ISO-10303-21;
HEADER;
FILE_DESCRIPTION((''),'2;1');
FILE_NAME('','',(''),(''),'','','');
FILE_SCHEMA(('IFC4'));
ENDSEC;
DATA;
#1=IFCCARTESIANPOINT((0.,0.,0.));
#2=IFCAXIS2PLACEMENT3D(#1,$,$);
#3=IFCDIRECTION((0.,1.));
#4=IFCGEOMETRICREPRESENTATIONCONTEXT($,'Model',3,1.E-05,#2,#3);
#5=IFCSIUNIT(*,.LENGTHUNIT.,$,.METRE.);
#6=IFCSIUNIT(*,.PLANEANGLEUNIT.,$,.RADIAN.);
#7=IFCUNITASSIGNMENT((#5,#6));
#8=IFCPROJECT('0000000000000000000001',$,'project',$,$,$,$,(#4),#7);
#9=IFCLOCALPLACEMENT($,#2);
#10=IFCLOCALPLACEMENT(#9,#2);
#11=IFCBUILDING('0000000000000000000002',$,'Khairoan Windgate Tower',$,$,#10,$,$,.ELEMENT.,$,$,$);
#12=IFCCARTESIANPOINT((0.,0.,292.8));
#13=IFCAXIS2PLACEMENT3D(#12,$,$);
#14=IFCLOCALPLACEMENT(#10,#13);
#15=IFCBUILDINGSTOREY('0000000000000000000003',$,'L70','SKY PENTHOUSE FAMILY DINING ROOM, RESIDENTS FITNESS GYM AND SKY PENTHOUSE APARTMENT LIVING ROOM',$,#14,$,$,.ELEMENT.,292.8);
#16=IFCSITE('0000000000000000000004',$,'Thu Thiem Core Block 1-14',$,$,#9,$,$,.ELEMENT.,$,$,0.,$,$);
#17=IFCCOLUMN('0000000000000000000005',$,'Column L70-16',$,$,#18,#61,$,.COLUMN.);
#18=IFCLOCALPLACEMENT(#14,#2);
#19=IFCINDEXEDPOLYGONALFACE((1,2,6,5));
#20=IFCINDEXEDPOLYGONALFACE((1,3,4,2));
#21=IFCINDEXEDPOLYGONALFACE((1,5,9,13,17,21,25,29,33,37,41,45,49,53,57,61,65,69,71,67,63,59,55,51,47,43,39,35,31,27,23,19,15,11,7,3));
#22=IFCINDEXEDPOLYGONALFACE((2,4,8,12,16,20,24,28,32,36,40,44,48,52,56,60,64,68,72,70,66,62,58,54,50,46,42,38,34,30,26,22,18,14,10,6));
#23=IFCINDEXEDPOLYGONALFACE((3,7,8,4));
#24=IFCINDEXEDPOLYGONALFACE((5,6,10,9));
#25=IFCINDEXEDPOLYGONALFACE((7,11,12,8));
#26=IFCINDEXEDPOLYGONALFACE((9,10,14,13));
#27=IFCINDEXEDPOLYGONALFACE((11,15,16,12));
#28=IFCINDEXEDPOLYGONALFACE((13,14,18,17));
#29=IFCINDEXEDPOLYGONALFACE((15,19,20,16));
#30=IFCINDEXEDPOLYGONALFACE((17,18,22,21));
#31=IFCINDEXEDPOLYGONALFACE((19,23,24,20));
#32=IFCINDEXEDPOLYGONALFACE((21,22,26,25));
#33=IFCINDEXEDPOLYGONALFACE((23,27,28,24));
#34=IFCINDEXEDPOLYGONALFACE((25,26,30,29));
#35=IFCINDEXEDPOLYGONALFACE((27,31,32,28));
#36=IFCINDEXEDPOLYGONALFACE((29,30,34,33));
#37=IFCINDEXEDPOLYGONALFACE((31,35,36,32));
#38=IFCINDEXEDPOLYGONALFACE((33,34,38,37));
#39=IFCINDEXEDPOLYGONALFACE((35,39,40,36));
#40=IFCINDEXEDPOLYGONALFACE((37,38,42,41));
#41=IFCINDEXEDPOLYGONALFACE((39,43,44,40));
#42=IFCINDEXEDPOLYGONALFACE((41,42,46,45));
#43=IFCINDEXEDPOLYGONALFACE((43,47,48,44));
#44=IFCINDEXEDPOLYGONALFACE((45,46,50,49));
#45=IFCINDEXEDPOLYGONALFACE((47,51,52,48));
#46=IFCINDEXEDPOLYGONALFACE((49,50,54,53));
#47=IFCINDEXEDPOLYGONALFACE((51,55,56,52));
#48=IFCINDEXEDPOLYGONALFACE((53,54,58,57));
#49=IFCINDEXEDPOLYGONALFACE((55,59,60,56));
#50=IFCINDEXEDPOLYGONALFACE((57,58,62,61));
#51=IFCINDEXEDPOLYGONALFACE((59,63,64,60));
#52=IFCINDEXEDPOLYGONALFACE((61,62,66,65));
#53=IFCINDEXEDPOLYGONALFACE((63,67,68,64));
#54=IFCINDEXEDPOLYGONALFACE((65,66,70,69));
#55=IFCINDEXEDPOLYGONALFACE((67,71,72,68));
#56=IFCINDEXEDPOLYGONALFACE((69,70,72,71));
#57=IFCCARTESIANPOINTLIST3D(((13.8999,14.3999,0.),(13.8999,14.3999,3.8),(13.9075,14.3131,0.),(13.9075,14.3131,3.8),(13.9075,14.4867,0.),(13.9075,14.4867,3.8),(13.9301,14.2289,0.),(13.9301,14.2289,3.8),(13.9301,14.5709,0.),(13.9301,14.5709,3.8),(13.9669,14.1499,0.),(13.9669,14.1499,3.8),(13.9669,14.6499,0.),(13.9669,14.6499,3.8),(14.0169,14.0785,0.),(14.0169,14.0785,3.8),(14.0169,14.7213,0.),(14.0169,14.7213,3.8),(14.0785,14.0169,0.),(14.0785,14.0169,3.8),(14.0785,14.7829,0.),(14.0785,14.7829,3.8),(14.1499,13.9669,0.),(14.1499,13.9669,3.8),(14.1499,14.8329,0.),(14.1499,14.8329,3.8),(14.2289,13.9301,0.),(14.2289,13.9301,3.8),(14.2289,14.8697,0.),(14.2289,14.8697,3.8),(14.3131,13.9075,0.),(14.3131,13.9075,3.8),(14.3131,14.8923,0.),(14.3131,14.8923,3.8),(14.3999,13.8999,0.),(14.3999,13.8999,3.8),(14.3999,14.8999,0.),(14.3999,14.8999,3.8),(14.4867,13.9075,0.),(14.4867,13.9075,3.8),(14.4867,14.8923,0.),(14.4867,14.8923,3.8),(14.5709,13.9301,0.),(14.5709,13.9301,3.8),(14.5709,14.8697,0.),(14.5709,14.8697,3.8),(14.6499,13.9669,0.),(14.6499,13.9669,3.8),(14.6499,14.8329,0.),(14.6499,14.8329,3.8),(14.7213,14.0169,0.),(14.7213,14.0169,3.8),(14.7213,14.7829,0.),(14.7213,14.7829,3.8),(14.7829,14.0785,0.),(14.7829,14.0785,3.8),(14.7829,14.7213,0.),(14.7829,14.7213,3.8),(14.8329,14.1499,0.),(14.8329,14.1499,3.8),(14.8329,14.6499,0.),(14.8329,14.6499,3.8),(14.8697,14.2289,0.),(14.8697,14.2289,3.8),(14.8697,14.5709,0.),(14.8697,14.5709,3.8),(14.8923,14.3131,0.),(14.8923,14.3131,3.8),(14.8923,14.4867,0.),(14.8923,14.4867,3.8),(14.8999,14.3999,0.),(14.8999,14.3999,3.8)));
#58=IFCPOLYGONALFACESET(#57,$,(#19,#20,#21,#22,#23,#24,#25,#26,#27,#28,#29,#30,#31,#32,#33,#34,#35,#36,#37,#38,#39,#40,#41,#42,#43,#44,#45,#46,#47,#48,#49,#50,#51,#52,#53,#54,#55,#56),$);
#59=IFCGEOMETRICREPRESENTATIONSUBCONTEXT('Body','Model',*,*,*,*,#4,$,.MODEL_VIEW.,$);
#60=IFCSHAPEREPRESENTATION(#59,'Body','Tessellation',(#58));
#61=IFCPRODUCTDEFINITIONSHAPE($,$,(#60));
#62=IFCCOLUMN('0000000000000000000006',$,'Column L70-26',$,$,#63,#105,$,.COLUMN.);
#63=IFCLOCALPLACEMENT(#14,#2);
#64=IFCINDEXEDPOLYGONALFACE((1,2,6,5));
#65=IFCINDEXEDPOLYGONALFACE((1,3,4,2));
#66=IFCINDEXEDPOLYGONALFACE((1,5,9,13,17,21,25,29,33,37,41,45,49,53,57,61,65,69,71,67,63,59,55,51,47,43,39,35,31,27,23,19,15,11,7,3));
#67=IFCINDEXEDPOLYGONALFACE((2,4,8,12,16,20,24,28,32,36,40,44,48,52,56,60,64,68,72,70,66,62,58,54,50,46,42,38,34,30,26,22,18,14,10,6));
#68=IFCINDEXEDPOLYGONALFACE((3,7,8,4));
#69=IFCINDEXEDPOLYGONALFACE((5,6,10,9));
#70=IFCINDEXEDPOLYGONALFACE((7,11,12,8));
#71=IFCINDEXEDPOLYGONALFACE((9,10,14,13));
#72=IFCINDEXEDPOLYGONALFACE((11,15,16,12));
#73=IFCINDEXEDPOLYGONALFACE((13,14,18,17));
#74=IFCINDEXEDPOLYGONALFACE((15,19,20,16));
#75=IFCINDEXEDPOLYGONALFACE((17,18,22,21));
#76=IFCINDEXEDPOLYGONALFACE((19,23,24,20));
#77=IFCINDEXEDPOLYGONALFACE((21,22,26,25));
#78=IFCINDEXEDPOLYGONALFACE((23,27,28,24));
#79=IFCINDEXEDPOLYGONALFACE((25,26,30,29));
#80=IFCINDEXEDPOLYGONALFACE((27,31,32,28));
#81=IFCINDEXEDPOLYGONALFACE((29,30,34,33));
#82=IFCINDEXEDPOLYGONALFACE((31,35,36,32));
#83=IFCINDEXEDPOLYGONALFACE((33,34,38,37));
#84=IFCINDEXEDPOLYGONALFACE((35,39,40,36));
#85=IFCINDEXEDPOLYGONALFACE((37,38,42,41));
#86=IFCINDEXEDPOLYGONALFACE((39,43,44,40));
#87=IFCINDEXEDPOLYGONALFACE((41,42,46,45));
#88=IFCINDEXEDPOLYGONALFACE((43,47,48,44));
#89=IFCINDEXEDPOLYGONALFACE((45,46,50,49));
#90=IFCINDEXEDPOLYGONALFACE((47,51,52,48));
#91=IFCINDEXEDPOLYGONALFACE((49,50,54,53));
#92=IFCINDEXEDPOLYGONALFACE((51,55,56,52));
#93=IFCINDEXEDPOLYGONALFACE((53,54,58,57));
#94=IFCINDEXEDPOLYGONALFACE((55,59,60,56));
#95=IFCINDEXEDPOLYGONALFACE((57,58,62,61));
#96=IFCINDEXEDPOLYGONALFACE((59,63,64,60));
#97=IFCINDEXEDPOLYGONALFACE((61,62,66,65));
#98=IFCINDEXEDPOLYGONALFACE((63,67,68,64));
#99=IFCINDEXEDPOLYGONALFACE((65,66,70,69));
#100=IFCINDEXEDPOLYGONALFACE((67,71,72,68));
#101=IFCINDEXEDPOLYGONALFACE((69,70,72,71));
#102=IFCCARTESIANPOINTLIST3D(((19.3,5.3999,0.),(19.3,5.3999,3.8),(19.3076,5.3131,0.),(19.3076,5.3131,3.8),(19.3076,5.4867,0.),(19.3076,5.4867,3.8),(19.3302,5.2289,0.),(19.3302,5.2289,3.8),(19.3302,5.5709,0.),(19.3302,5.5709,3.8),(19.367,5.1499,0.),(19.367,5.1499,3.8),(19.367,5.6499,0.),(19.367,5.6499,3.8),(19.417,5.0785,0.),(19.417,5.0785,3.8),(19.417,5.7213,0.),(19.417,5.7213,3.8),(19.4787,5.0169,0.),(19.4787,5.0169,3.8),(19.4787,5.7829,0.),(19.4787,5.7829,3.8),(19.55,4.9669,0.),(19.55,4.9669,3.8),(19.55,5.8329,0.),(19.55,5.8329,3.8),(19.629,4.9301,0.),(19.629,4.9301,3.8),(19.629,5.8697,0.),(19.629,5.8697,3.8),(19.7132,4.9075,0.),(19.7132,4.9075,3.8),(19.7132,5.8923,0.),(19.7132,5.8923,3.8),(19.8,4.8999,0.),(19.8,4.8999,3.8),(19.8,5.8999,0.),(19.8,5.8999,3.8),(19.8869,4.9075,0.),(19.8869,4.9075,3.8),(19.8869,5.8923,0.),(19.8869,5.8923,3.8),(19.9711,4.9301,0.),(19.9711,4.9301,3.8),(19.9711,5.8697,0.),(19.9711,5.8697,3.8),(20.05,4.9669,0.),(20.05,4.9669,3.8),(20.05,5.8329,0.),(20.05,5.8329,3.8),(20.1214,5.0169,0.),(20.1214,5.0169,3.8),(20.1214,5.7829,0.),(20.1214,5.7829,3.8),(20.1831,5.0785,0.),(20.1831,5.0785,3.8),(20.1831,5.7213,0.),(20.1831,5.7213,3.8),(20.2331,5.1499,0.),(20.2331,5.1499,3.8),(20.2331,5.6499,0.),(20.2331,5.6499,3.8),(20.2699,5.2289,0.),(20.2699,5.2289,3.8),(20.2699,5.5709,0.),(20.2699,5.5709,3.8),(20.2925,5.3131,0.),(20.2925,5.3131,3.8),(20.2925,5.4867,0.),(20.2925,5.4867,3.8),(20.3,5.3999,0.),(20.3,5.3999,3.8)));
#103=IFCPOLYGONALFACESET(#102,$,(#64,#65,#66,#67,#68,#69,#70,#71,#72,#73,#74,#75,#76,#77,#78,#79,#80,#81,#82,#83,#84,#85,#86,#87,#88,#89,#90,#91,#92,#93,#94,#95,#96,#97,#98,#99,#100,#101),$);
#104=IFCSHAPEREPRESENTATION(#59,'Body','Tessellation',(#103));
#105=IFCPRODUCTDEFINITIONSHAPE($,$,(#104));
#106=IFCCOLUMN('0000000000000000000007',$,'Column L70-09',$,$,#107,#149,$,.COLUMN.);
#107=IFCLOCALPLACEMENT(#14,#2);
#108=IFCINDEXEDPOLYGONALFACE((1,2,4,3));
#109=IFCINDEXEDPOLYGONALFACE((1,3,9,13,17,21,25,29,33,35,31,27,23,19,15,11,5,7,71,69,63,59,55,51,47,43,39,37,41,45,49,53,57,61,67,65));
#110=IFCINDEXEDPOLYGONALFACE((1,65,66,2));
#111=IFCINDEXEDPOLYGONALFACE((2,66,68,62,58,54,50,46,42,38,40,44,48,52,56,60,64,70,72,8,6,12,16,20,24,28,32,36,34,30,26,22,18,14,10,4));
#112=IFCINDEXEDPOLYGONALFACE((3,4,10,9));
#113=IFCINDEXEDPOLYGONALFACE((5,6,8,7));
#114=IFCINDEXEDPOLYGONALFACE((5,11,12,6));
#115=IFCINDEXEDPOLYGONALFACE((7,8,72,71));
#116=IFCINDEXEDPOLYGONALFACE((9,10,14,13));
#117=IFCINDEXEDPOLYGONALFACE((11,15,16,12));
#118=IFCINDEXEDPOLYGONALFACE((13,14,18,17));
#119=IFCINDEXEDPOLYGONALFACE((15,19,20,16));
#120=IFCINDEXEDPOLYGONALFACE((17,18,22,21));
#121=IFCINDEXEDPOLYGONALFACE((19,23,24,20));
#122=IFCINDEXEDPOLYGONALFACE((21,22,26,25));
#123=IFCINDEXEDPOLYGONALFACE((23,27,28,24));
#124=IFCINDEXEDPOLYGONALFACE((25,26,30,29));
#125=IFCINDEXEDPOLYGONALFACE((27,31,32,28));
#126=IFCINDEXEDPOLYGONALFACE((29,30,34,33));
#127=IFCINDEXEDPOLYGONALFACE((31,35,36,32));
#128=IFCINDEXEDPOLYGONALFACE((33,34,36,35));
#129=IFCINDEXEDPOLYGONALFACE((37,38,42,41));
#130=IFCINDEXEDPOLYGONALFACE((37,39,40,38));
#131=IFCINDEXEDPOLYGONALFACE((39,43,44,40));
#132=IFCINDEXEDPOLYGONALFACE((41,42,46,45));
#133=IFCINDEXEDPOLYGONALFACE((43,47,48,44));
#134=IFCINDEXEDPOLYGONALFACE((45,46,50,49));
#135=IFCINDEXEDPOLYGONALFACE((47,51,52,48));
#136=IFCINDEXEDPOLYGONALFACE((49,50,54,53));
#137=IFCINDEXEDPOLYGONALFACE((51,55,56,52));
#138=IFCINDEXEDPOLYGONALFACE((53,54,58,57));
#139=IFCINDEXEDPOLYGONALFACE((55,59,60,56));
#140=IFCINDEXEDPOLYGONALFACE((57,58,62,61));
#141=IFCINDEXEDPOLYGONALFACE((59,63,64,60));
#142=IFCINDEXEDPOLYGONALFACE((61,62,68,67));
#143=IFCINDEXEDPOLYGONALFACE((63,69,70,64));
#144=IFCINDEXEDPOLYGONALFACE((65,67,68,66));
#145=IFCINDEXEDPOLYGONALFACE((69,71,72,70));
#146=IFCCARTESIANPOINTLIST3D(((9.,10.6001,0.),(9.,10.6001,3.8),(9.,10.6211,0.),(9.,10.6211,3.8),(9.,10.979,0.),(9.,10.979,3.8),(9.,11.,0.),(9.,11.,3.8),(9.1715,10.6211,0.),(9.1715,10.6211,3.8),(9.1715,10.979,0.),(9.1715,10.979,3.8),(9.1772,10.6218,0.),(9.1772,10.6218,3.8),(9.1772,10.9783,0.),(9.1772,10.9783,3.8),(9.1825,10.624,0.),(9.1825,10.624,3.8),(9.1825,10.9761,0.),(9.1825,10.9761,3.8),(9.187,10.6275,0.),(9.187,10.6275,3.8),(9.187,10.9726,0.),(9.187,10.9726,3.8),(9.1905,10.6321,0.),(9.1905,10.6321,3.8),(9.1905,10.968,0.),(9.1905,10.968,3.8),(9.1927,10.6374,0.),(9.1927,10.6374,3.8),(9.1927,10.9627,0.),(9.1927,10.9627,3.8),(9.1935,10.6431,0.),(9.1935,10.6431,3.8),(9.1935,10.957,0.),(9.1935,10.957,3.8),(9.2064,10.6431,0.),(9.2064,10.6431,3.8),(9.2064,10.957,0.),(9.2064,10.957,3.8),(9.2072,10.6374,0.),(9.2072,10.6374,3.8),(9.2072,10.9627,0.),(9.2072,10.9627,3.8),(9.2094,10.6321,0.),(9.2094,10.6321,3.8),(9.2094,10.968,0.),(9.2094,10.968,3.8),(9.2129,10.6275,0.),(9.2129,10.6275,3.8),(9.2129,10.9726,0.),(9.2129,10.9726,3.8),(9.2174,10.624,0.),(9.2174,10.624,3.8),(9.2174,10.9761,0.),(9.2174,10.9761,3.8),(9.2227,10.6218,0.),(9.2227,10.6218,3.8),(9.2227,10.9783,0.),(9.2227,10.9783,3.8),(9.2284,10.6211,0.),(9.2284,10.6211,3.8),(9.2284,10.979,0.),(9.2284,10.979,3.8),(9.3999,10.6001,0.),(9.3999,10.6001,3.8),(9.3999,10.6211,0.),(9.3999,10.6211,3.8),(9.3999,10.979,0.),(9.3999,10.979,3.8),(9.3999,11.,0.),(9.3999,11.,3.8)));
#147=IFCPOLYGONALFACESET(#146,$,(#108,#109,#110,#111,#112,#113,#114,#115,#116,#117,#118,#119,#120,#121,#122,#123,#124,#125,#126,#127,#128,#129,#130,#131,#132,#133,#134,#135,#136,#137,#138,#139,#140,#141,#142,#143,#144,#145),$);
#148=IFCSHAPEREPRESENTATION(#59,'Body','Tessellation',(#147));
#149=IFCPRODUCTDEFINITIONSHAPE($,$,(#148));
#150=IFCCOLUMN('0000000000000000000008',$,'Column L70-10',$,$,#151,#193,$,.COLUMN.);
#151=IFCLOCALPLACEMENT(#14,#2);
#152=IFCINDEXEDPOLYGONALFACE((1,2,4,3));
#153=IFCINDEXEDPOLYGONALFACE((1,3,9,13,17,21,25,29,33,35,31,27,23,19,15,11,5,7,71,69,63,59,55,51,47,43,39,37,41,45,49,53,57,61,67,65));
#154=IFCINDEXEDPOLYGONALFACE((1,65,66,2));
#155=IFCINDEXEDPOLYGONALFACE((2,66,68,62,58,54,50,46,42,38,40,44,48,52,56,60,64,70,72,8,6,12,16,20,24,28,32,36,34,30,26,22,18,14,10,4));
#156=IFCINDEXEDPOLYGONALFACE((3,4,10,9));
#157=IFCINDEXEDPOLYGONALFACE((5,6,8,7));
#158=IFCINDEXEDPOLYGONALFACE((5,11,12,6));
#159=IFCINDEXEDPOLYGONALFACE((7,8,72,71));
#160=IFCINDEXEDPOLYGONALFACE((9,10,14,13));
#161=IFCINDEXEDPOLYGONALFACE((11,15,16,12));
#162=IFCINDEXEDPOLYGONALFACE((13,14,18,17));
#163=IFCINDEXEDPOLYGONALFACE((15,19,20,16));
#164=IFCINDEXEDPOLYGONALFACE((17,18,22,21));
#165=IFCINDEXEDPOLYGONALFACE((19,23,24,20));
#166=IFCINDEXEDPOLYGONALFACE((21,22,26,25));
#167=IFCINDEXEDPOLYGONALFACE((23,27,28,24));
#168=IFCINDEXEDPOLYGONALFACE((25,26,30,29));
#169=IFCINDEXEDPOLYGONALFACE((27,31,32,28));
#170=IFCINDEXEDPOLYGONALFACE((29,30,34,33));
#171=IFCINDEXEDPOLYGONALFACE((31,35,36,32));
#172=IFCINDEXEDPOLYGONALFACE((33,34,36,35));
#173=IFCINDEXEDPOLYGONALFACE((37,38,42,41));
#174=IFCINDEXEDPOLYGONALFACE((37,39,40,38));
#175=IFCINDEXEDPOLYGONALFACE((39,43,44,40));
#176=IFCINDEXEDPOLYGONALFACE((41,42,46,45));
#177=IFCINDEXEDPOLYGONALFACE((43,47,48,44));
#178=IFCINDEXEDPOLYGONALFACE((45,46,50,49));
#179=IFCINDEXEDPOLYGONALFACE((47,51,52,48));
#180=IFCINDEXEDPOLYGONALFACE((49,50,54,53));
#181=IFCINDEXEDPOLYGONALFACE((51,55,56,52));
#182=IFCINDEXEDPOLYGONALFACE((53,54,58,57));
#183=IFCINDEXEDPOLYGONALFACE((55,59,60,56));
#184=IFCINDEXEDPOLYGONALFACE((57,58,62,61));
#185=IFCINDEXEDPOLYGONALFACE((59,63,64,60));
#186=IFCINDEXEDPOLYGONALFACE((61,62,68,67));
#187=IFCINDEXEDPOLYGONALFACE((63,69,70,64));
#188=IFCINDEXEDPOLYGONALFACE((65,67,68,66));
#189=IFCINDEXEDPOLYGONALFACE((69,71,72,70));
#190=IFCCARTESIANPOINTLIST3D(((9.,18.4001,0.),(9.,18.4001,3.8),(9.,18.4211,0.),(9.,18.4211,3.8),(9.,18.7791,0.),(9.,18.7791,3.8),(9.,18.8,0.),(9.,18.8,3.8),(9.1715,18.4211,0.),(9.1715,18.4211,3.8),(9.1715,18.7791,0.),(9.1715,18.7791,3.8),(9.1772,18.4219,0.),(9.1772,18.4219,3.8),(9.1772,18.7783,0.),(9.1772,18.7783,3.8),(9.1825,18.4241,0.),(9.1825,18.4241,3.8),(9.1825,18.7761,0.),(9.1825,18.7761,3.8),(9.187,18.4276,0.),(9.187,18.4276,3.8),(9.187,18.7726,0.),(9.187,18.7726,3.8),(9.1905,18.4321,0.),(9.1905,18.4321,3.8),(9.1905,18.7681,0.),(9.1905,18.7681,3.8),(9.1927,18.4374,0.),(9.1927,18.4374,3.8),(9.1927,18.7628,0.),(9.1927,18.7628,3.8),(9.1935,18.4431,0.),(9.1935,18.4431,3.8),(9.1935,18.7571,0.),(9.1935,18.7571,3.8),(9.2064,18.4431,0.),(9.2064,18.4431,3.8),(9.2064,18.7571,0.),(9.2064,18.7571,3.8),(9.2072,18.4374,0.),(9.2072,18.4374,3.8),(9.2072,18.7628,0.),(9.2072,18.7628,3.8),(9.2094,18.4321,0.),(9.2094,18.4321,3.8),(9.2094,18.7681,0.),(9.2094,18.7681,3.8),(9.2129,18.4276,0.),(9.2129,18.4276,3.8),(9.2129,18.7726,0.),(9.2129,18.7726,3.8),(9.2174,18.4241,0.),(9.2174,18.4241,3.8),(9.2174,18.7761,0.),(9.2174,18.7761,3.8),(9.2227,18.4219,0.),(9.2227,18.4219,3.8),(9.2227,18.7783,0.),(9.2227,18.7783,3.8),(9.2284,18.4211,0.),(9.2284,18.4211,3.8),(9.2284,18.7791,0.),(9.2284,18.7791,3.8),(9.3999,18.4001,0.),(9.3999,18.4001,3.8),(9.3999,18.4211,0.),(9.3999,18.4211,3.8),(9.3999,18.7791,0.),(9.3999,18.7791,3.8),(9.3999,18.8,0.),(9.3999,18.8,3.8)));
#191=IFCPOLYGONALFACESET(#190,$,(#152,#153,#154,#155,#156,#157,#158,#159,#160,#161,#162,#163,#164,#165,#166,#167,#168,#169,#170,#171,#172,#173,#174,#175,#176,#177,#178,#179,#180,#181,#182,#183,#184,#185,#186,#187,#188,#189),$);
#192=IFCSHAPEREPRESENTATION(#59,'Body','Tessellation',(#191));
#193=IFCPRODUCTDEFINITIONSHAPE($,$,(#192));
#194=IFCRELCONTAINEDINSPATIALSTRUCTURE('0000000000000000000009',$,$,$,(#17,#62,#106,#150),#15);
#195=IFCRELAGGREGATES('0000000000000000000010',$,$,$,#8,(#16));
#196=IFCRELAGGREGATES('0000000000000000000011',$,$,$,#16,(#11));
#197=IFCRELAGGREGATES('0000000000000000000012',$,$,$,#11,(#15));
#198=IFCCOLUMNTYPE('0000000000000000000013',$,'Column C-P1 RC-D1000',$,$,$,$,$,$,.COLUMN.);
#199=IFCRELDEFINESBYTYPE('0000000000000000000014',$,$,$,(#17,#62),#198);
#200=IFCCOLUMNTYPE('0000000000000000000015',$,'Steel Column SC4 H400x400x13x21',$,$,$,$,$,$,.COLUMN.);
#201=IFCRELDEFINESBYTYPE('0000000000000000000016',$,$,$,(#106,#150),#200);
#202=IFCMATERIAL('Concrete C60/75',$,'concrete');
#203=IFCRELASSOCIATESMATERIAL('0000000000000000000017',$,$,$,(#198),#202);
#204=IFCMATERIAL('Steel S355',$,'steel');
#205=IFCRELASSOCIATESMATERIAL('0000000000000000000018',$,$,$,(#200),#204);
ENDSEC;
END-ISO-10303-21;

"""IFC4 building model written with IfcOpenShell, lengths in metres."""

from ifc_helpers import new_model, si_unit, direction, frame, origin, origin_2d, place, context, subcontext, project, spatial, circle, i_section, extrude, material, material_profile, profile_set, type_object, element, save


model = new_model("IFC4")

# Units and contexts
model_context = context("Model", 3, precision=1e-05, world=origin(), true_north=direction((0.0, 1.0)))
body_context = subcontext(model_context, "Body", "Model", "MODEL_VIEW")
ifc_project = project(units=[si_unit("LENGTHUNIT", "METRE"), si_unit("PLANEANGLEUNIT", "RADIAN")], contexts=[model_context])

# Site, building, storey
site_placement = place(None, origin())
site = spatial("IfcSite", under=ifc_project, at=site_placement, Name="Thu Thiem Core Block 1-14", CompositionType="ELEMENT", RefElevation=0.0)
building_placement = place(site_placement, origin())
building = spatial("IfcBuilding", under=site, at=building_placement, Name="Khairoan Windgate Tower", CompositionType="ELEMENT")
storey_placement = place(building_placement, frame((0.0, 0.0, 292.8)))
storey = spatial("IfcBuildingStorey", under=building, at=storey_placement, Name="L70", Description="SKY PENTHOUSE FAMILY DINING ROOM, RESIDENTS FITNESS GYM AND SKY PENTHOUSE APARTMENT LIVING ROOM", CompositionType="ELEMENT", Elevation=292.8)

# Columns
ifc_material_1 = material(Name="Concrete C60/75", Category="concrete")
ifc_material_profile_1 = material_profile(ifc_material_1, circle(Radius=0.5, at=origin_2d()))
ifc_profile_set_1 = profile_set([ifc_material_profile_1], Name="Concrete C60/75")
column_type_1 = type_object("IfcColumnType", Name="Column C-P1 RC-D1000", PredefinedType="COLUMN", material=ifc_profile_set_1)
for number, where, z_axis, x_axis, name in (
    (1, (14.3999, 14.3999, 0.0), (0.0, 0.0, 1.0), (1.0, 0.0, 0.0), "Column L70-16"),
    (2, (19.8, 5.3999, 0.0), (0.0, 0.0, 1.0), (1.0, 0.0, 0.0), "Column L70-26"),
):
    element("IfcColumn", number, at=place(storey_placement, frame(where, z_axis=z_axis, x_axis=x_axis)), inside=storey, type_object=column_type_1, Name=name, PredefinedType="COLUMN", context=body_context, shape_type="SweptSolid", body=[
        extrude(circle(Radius=0.5, at=origin_2d()), origin(), (0.0, 0.0, 1.0), 3.8),
    ])
ifc_material_2 = material(Name="Steel S355", Category="steel")
ifc_material_profile_2 = material_profile(ifc_material_2, i_section(OverallWidth=0.3999, OverallDepth=0.3999, WebThickness=0.0129, FlangeThickness=0.021, FilletRadius=0.022, at=origin_2d()))
ifc_profile_set_2 = profile_set([ifc_material_profile_2], Name="Steel S355")
column_type_2 = type_object("IfcColumnType", Name="Steel Column SC4 H400x400x13x21", PredefinedType="COLUMN", material=ifc_profile_set_2)
for number, where, z_axis, x_axis, name in (
    (3, (9.2, 10.8, 0.0), (0.0, 0.0, 1.0), (1.0, 0.0, 0.0), "Column L70-09"),
    (4, (9.2, 18.6001, 0.0), (0.0, 0.0, 1.0), (1.0, 0.0, 0.0), "Column L70-10"),
):
    element("IfcColumn", number, at=place(storey_placement, frame(where, z_axis=z_axis, x_axis=x_axis)), inside=storey, type_object=column_type_2, Name=name, PredefinedType="COLUMN", context=body_context, shape_type="SweptSolid", body=[
        extrude(i_section(OverallWidth=0.3999, OverallDepth=0.3999, WebThickness=0.0129, FlangeThickness=0.021, FilletRadius=0.022, at=origin_2d()), origin(), (0.0, 0.0, 1.0), 3.8),
    ])

save(model, "model.ifc")
